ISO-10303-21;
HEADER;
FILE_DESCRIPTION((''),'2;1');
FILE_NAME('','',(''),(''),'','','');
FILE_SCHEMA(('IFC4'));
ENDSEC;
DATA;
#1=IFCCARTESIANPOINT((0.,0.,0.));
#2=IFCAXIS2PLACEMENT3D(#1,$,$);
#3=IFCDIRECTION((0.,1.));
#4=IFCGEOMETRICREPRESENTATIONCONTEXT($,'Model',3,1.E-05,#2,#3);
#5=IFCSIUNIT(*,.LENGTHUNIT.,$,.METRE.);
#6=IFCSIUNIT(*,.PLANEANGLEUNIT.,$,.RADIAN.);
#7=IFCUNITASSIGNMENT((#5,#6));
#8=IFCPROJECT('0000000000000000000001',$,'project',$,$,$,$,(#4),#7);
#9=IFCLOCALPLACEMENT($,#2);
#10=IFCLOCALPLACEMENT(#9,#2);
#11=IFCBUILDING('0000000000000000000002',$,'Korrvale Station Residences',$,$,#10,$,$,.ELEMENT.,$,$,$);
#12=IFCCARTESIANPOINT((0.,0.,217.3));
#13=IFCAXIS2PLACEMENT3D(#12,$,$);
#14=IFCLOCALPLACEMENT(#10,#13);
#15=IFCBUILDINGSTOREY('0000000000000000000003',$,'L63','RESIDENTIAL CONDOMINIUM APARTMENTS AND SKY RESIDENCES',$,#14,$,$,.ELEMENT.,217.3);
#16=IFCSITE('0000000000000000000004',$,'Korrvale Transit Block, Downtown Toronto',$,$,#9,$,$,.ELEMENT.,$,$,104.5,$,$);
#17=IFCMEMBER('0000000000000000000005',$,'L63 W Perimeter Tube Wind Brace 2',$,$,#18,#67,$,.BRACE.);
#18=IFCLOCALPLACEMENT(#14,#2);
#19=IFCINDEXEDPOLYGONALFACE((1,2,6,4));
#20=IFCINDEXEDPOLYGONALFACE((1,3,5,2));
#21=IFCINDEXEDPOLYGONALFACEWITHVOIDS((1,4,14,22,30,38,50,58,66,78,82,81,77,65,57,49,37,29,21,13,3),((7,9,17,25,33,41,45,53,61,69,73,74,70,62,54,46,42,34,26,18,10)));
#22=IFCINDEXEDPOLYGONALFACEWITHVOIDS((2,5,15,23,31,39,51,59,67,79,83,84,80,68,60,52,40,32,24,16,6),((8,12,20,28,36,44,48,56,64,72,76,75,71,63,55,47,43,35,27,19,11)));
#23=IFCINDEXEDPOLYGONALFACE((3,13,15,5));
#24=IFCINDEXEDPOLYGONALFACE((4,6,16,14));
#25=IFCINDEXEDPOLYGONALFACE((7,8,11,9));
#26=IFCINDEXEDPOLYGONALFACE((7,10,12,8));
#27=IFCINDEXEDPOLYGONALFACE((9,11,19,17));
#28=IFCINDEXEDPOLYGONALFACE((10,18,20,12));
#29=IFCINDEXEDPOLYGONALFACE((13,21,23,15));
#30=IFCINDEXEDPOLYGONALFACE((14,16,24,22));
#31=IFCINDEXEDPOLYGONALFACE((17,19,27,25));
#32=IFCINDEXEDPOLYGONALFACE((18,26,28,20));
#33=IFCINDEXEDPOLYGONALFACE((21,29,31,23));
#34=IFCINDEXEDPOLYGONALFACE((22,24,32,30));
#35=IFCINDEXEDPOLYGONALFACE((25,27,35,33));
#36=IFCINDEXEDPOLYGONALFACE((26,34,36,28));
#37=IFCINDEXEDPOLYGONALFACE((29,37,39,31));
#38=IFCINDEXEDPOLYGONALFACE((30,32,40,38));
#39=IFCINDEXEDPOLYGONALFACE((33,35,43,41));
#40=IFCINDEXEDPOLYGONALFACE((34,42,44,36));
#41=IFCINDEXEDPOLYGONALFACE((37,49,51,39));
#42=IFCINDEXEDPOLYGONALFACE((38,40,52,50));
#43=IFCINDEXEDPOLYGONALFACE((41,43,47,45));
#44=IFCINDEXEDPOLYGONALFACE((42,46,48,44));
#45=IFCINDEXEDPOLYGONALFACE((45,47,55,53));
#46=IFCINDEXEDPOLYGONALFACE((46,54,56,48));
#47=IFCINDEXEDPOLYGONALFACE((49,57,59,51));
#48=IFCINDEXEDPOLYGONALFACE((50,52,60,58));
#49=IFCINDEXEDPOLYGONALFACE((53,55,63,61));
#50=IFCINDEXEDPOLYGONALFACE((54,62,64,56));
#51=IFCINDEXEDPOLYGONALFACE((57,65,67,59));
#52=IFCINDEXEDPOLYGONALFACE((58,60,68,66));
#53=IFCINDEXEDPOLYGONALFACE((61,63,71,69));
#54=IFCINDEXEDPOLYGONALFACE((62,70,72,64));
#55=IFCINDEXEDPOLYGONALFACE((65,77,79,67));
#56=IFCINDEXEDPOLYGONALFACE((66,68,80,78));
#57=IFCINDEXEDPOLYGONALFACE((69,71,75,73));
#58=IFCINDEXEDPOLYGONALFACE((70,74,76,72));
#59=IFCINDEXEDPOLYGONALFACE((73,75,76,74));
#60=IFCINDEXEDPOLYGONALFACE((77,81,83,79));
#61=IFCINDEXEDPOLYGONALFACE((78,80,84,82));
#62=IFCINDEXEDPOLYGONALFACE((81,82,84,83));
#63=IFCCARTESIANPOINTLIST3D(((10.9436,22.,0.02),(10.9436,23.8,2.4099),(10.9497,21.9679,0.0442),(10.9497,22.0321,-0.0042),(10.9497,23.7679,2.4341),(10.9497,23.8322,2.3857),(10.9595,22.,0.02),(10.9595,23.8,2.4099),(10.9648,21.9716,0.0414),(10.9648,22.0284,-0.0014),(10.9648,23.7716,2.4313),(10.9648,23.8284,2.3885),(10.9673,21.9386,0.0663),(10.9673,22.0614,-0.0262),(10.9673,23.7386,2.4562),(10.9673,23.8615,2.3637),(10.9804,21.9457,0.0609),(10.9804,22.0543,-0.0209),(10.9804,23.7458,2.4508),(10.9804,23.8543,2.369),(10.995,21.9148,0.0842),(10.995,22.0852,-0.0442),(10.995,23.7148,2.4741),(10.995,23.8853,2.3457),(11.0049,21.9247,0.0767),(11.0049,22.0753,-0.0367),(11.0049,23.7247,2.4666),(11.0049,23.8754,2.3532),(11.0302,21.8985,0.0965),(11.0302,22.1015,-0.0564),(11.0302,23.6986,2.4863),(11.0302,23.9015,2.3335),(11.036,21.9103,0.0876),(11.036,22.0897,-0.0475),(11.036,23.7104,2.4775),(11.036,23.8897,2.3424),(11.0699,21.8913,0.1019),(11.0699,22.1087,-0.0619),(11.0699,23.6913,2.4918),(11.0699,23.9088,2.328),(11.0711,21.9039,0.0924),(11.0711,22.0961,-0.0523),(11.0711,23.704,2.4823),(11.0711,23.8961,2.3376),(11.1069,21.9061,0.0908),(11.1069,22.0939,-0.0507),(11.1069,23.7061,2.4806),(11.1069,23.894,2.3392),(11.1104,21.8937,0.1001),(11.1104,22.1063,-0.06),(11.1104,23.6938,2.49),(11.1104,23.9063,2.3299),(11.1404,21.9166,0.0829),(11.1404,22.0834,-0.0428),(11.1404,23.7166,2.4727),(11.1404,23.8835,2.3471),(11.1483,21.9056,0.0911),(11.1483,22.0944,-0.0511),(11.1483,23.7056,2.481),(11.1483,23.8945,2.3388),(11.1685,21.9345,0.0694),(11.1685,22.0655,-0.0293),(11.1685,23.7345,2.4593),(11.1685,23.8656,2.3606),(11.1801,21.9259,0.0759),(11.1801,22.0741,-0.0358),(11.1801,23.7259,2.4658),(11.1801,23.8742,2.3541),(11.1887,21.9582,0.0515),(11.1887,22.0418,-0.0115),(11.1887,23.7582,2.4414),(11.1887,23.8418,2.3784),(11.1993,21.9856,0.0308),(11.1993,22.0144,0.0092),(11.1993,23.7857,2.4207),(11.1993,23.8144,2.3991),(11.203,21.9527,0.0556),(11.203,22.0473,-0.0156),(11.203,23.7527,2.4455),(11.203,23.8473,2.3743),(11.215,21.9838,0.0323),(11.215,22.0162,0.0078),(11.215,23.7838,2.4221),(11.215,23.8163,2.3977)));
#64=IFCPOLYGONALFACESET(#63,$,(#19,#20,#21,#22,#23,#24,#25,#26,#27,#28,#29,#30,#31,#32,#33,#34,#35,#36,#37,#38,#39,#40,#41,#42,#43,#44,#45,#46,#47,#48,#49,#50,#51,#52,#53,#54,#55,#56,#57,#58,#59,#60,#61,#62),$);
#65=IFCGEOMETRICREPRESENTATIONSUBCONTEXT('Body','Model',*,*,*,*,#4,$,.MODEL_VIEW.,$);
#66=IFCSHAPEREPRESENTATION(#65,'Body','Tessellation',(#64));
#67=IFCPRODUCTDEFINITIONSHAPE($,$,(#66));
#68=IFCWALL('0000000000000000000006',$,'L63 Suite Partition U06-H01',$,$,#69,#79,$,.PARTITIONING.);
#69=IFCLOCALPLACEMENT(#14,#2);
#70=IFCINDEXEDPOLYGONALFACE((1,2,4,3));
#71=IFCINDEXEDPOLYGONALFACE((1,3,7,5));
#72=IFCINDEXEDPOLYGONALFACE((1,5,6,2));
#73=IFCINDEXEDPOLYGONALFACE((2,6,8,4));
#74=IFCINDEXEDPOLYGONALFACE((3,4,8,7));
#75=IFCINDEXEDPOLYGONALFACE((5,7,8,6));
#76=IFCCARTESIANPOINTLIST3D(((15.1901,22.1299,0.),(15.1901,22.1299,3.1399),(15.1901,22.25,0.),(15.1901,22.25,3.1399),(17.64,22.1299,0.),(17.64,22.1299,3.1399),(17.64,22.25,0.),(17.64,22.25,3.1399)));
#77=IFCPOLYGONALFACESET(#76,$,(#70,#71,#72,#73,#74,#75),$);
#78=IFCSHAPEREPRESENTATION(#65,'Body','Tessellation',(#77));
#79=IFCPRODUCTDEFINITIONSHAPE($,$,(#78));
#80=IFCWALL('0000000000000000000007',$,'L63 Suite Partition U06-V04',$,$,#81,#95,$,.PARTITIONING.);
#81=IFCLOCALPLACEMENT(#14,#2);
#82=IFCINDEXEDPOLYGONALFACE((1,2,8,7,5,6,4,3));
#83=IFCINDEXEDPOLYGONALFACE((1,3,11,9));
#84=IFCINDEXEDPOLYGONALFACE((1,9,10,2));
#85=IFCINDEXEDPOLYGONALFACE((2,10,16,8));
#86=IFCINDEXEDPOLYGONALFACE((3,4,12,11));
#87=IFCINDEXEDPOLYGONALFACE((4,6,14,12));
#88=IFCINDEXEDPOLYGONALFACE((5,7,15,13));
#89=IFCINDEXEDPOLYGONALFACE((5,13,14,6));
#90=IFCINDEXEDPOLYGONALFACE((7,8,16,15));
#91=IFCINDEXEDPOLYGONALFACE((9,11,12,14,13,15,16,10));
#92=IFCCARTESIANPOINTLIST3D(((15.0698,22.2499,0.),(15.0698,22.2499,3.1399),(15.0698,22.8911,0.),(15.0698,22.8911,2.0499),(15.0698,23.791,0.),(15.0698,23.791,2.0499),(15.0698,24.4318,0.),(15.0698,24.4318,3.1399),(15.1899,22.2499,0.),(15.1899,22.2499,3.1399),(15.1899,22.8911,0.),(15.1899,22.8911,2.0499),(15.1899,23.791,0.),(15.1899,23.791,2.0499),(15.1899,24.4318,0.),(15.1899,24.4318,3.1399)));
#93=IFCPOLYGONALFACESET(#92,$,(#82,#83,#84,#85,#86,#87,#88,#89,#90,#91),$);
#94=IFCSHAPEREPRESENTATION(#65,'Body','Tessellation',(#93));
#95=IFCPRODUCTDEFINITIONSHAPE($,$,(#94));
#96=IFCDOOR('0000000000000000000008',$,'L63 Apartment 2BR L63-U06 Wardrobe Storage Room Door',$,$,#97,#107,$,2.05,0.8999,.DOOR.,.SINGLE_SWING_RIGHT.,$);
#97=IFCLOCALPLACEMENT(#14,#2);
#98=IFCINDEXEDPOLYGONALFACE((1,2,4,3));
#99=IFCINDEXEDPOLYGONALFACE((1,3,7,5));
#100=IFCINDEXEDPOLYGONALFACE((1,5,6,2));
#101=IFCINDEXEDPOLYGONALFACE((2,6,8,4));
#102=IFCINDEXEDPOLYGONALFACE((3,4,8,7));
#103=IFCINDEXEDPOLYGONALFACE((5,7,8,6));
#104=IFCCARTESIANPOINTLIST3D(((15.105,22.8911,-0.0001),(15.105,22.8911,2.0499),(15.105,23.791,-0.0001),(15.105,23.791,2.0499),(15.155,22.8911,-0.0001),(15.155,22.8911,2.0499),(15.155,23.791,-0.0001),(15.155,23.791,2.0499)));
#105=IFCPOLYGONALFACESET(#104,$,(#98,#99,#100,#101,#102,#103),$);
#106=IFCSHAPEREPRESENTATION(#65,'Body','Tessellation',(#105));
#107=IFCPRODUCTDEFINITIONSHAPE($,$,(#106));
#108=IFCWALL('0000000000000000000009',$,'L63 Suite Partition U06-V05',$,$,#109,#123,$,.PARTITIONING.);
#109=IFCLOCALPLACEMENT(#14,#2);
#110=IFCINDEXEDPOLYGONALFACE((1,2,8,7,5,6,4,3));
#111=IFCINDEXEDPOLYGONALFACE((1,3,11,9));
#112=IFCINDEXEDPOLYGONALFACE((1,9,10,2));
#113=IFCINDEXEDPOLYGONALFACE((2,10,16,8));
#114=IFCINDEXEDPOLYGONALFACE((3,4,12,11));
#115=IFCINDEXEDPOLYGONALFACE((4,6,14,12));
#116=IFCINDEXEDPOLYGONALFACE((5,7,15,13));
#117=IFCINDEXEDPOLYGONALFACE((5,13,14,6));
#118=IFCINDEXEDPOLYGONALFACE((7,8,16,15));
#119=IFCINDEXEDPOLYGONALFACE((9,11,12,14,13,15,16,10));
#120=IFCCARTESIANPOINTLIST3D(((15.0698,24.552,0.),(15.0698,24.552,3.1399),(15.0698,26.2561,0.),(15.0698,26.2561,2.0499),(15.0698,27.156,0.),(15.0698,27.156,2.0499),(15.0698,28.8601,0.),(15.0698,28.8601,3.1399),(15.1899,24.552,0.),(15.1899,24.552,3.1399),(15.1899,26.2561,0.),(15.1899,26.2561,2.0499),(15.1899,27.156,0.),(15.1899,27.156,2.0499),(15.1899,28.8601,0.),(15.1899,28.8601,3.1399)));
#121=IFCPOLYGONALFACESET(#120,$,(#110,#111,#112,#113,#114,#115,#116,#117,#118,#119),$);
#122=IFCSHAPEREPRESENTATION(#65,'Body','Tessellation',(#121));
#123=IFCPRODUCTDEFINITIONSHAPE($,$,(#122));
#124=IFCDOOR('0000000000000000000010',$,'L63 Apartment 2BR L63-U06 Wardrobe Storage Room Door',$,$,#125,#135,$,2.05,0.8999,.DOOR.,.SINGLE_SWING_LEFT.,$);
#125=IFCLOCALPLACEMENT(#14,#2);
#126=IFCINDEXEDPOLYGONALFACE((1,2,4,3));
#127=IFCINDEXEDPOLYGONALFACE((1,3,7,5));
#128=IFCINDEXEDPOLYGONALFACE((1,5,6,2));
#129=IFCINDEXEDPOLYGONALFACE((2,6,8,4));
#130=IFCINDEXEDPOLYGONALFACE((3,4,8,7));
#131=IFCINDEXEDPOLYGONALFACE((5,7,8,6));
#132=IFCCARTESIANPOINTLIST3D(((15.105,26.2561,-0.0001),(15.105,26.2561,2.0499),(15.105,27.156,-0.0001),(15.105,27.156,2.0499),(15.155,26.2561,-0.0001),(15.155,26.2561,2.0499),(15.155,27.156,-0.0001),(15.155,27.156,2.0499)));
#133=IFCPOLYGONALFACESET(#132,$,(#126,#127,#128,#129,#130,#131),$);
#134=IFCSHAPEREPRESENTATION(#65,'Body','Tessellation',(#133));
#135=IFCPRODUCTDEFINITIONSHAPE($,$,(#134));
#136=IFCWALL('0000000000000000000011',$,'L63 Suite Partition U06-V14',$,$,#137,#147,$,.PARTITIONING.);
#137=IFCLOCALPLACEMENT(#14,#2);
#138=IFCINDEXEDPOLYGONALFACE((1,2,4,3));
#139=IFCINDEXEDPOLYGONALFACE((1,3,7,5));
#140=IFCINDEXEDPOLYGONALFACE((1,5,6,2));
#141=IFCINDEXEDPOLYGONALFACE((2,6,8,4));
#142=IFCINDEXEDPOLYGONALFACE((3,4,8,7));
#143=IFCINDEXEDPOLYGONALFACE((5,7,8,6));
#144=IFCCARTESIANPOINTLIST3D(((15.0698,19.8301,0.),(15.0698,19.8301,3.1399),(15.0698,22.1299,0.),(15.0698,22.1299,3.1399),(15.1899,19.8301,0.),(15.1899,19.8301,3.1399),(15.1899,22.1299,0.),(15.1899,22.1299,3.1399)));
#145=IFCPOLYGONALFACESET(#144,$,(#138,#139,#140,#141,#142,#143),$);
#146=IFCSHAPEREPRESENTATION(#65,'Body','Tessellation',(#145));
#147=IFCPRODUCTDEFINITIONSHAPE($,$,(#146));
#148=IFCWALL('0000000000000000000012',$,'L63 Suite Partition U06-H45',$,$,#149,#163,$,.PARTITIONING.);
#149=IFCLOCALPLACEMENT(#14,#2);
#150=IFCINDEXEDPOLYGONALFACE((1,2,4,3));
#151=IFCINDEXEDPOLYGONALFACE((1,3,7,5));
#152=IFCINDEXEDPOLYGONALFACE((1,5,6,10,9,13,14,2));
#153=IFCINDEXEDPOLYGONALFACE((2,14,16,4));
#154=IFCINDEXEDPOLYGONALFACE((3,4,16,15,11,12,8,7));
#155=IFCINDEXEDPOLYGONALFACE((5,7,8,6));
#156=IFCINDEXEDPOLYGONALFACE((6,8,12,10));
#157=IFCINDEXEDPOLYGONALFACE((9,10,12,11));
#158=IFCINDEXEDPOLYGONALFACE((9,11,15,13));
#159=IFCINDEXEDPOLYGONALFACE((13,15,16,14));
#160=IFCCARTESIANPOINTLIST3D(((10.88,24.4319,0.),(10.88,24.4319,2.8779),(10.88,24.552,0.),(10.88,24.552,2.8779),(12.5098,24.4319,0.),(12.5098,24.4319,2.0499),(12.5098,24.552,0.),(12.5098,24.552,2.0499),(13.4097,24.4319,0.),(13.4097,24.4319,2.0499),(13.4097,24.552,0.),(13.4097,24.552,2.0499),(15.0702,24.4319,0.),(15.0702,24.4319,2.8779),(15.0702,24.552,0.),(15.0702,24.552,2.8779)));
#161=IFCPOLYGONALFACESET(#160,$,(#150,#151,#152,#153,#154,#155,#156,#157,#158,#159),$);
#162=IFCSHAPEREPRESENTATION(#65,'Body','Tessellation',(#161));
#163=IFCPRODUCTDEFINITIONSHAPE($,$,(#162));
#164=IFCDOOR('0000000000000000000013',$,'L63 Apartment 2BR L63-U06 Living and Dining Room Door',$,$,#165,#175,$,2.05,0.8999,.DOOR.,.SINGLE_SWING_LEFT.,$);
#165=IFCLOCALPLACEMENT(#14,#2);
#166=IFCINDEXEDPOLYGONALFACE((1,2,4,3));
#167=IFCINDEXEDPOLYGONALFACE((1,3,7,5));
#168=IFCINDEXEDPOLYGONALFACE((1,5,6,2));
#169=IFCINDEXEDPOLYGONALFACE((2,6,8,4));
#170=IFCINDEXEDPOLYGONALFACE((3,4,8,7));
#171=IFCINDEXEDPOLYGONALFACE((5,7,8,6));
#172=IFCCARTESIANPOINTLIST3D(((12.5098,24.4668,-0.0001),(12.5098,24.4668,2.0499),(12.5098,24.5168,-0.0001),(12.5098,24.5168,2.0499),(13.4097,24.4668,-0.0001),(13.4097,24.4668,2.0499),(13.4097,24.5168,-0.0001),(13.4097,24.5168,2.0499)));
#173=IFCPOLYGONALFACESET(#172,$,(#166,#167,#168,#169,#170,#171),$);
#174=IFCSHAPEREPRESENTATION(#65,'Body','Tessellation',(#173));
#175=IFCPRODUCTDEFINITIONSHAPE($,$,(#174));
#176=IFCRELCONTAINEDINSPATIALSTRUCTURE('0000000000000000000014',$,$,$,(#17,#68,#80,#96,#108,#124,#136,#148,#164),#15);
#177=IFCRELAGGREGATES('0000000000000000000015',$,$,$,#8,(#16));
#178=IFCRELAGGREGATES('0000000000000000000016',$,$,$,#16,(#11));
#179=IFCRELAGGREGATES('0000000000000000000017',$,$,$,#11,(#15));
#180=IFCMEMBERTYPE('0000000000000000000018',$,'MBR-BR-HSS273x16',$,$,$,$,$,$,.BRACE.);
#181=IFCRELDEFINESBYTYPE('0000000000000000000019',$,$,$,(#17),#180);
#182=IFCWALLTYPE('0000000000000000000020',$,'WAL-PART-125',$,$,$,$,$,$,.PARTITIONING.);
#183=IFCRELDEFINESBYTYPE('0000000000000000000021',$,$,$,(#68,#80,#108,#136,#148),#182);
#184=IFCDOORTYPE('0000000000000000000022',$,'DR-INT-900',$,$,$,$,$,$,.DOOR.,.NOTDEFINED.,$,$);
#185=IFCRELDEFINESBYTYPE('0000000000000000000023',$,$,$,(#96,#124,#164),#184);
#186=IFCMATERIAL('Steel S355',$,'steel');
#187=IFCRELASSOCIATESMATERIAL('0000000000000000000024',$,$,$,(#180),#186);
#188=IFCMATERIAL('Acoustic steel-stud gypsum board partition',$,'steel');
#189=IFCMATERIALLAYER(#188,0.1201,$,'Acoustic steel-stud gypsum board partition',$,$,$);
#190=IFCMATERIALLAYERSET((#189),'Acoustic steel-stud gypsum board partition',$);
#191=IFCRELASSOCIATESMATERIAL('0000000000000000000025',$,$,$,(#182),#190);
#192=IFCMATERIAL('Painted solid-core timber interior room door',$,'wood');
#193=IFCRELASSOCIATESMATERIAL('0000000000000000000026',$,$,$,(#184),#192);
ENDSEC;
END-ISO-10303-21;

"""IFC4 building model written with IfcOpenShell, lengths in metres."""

from ifc_helpers import new_model, si_unit, direction, frame, frame_2d, origin, origin_2d, place, context, subcontext, project, spatial, rectangle, hollow_circle, extrude, material, layer, layer_set, material_profile, profile_set, type_object, element, fill, save


model = new_model("IFC4")

# Units and contexts
model_context = context("Model", 3, precision=1e-05, world=origin(), true_north=direction((0.0, 1.0)))
body_context = subcontext(model_context, "Body", "Model", "MODEL_VIEW")
ifc_project = project(units=[si_unit("LENGTHUNIT", "METRE"), si_unit("PLANEANGLEUNIT", "RADIAN")], contexts=[model_context])

# Site, building, storey
site_placement = place(None, origin())
site = spatial("IfcSite", under=ifc_project, at=site_placement, Name="Korrvale Transit Block, Downtown Toronto", CompositionType="ELEMENT", RefElevation=104.5)
building_placement = place(site_placement, origin())
building = spatial("IfcBuilding", under=site, at=building_placement, Name="Korrvale Station Residences", CompositionType="ELEMENT")
storey_placement = place(building_placement, frame((0.0, 0.0, 217.3)))
storey = spatial("IfcBuildingStorey", under=building, at=storey_placement, Name="L63", Description="RESIDENTIAL CONDOMINIUM APARTMENTS AND SKY RESIDENCES", CompositionType="ELEMENT", Elevation=217.3)

# Shared definitions
ifc_material_1 = material(Name="Steel S355", Category="steel")

# Member
ifc_material_profile_1 = material_profile(ifc_material_1, hollow_circle(Radius=0.1365, WallThickness=0.0159, at=origin_2d()), Name="HSS273x16")
ifc_profile_set_1 = profile_set([ifc_material_profile_1], Name="Steel S355")
member_type = type_object("IfcMemberType", Name="MBR-BR-HSS273x16", PredefinedType="BRACE", material=ifc_profile_set_1)
for number, where, z_axis, x_axis, name in (
    (1, (11.0801, 22.0, 0.02), (0.0, 0.601631, 0.798774), (-1.0, 0.0, 0.0), "L63 W Perimeter Tube Wind Brace 2"),
):
    element("IfcMember", number, at=place(storey_placement, frame(where, z_axis=z_axis, x_axis=x_axis)), inside=storey, type_object=member_type, Name=name, PredefinedType="BRACE", context=body_context, shape_type="SweptSolid", body=[
        extrude(hollow_circle(Radius=0.1365, WallThickness=0.0159, at=origin_2d()), origin(), (0.0, 0.0, 1.0), 2.9919),
    ])

# Wall
ifc_material_2 = material(Name="Acoustic steel-stud gypsum board partition", Category="steel")
ifc_layer_1 = layer(ifc_material_2, 0.1201, Name="Acoustic steel-stud gypsum board partition")
ifc_layer_set_1 = layer_set([ifc_layer_1], Name="Acoustic steel-stud gypsum board partition")
wall_type_1 = type_object("IfcWallType", Name="WAL-PART-125", PredefinedType="PARTITIONING", material=ifc_layer_set_1)
wall_1_placement = place(storey_placement, frame((15.1899, 22.1899, 0.0), z_axis=(0.0, 0.0, 1.0), x_axis=(1.0, 0.0, 0.0)))
element("IfcWall", 2, at=wall_1_placement, inside=storey, type_object=wall_type_1, Name="L63 Suite Partition U06-H01", PredefinedType="PARTITIONING", context=body_context, shape_type="SweptSolid", body=[
    extrude(rectangle(XDim=2.45, YDim=0.1201, at=frame_2d((1.2251, 0.0))), origin(), (0.0, 0.0, 1.0), 3.1399),
])

# Walls, openings, doors
wall_2_placement = place(storey_placement, frame((15.1299, 22.25, 0.0), z_axis=(0.0, 0.0, 1.0), x_axis=(0.0, 1.0, 0.0)))
wall_2 = element("IfcWall", 3, at=wall_2_placement, inside=storey, type_object=wall_type_1, Name="L63 Suite Partition U06-V04", PredefinedType="PARTITIONING", context=body_context, shape_type="SweptSolid", body=[
    extrude(rectangle(XDim=2.1819, YDim=0.1201, at=frame_2d((1.0908, 0.0))), origin(), (0.0, 0.0, 1.0), 3.1399),
])
opening_1_placement = place(wall_2_placement, frame((0.6411, 0.0, 0.0)))
opening_1 = element("IfcOpeningElement", 4, at=opening_1_placement, cuts=wall_2, PredefinedType="OPENING", context=body_context, shape_type="SweptSolid", body=[
    extrude(rectangle(XDim=0.8999, YDim=2.05, at=frame_2d((0.45, 1.0249))), frame((0.0, 0.0701, 0.0), z_axis=(0.0, -1.0, 0.0), x_axis=(1.0, 0.0, 0.0)), (0.0, 0.0, 1.0), 0.1401),
])
ifc_material_3 = material(Name="Painted solid-core timber interior room door", Category="wood")
door_type = type_object("IfcDoorType", Name="DR-INT-900", OperationType="NOTDEFINED", PredefinedType="DOOR", material=ifc_material_3)
door_1_placement = place(opening_1_placement, origin())
door_1 = element("IfcDoor", 5, at=door_1_placement, inside=storey, type_object=door_type, Name="L63 Apartment 2BR L63-U06 Wardrobe Storage Room Door", OperationType="SINGLE_SWING_RIGHT", OverallHeight=2.05, OverallWidth=0.8999, PredefinedType="DOOR", context=body_context, shape_type="SweptSolid", body=[
    extrude(rectangle(XDim=0.8999, YDim=2.05, at=frame_2d((0.45, 1.0249))), frame((0.0, 0.0249, 0.0), z_axis=(0.0, -1.0, 0.0), x_axis=(1.0, 0.0, 0.0)), (0.0, 0.0, 1.0), 0.05),
])
fill(opening_1, door_1)
wall_3_placement = place(storey_placement, frame((15.1299, 24.552, 0.0), z_axis=(0.0, 0.0, 1.0), x_axis=(0.0, 1.0, 0.0)))
wall_3 = element("IfcWall", 6, at=wall_3_placement, inside=storey, type_object=wall_type_1, Name="L63 Suite Partition U06-V05", PredefinedType="PARTITIONING", context=body_context, shape_type="SweptSolid", body=[
    extrude(rectangle(XDim=4.3081, YDim=0.1201, at=frame_2d((2.1541, 0.0))), origin(), (0.0, 0.0, 1.0), 3.1399),
])
opening_2_placement = place(wall_3_placement, frame((1.7041, 0.0, 0.0)))
opening_2 = element("IfcOpeningElement", 7, at=opening_2_placement, cuts=wall_3, PredefinedType="OPENING", context=body_context, shape_type="SweptSolid", body=[
    extrude(rectangle(XDim=0.8999, YDim=2.05, at=frame_2d((0.45, 1.0249))), frame((0.0, 0.0701, 0.0), z_axis=(0.0, -1.0, 0.0), x_axis=(1.0, 0.0, 0.0)), (0.0, 0.0, 1.0), 0.1401),
])
door_2_placement = place(opening_2_placement, origin())
door_2 = element("IfcDoor", 8, at=door_2_placement, inside=storey, type_object=door_type, Name="L63 Apartment 2BR L63-U06 Wardrobe Storage Room Door", OperationType="SINGLE_SWING_LEFT", OverallHeight=2.05, OverallWidth=0.8999, PredefinedType="DOOR", context=body_context, shape_type="SweptSolid", body=[
    extrude(rectangle(XDim=0.8999, YDim=2.05, at=frame_2d((0.45, 1.0249))), frame((0.0, 0.0249, 0.0), z_axis=(0.0, -1.0, 0.0), x_axis=(1.0, 0.0, 0.0)), (0.0, 0.0, 1.0), 0.05),
])
fill(opening_2, door_2)

# Wall
wall_4_placement = place(storey_placement, frame((15.1299, 19.8301, 0.0), z_axis=(0.0, 0.0, 1.0), x_axis=(0.0, 1.0, 0.0)))
element("IfcWall", 9, at=wall_4_placement, inside=storey, type_object=wall_type_1, Name="L63 Suite Partition U06-V14", PredefinedType="PARTITIONING", context=body_context, shape_type="SweptSolid", body=[
    extrude(rectangle(XDim=2.2998, YDim=0.1201, at=frame_2d((1.1499, 0.0))), origin(), (0.0, 0.0, 1.0), 3.1399),
])

# Wall, opening, door
wall_5_placement = place(storey_placement, frame((10.8799, 24.4919, 0.0), z_axis=(0.0, 0.0, 1.0), x_axis=(1.0, 0.0, 0.0)))
wall_5 = element("IfcWall", 10, at=wall_5_placement, inside=storey, type_object=wall_type_1, Name="L63 Suite Partition U06-H45", PredefinedType="PARTITIONING", context=body_context, shape_type="SweptSolid", body=[
    extrude(rectangle(XDim=4.1902, YDim=0.1201, at=frame_2d((2.0952, 0.0))), origin(), (0.0, 0.0, 1.0), 2.8779),
])
opening_3_placement = place(wall_5_placement, frame((1.6299, 0.0, 0.0)))
opening_3 = element("IfcOpeningElement", 11, at=opening_3_placement, cuts=wall_5, PredefinedType="OPENING", context=body_context, shape_type="SweptSolid", body=[
    extrude(rectangle(XDim=0.8999, YDim=2.05, at=frame_2d((0.45, 1.0249))), frame((0.0, 0.0701, 0.0), z_axis=(0.0, -1.0, 0.0), x_axis=(1.0, 0.0, 0.0)), (0.0, 0.0, 1.0), 0.1401),
])
door_3_placement = place(opening_3_placement, origin())
door_3 = element("IfcDoor", 12, at=door_3_placement, inside=storey, type_object=door_type, Name="L63 Apartment 2BR L63-U06 Living and Dining Room Door", OperationType="SINGLE_SWING_LEFT", OverallHeight=2.05, OverallWidth=0.8999, PredefinedType="DOOR", context=body_context, shape_type="SweptSolid", body=[
    extrude(rectangle(XDim=0.8999, YDim=2.05, at=frame_2d((0.45, 1.0249))), frame((0.0, 0.0249, 0.0), z_axis=(0.0, -1.0, 0.0), x_axis=(1.0, 0.0, 0.0)), (0.0, 0.0, 1.0), 0.05),
])
fill(opening_3, door_3)

save(model, "model.ifc")
